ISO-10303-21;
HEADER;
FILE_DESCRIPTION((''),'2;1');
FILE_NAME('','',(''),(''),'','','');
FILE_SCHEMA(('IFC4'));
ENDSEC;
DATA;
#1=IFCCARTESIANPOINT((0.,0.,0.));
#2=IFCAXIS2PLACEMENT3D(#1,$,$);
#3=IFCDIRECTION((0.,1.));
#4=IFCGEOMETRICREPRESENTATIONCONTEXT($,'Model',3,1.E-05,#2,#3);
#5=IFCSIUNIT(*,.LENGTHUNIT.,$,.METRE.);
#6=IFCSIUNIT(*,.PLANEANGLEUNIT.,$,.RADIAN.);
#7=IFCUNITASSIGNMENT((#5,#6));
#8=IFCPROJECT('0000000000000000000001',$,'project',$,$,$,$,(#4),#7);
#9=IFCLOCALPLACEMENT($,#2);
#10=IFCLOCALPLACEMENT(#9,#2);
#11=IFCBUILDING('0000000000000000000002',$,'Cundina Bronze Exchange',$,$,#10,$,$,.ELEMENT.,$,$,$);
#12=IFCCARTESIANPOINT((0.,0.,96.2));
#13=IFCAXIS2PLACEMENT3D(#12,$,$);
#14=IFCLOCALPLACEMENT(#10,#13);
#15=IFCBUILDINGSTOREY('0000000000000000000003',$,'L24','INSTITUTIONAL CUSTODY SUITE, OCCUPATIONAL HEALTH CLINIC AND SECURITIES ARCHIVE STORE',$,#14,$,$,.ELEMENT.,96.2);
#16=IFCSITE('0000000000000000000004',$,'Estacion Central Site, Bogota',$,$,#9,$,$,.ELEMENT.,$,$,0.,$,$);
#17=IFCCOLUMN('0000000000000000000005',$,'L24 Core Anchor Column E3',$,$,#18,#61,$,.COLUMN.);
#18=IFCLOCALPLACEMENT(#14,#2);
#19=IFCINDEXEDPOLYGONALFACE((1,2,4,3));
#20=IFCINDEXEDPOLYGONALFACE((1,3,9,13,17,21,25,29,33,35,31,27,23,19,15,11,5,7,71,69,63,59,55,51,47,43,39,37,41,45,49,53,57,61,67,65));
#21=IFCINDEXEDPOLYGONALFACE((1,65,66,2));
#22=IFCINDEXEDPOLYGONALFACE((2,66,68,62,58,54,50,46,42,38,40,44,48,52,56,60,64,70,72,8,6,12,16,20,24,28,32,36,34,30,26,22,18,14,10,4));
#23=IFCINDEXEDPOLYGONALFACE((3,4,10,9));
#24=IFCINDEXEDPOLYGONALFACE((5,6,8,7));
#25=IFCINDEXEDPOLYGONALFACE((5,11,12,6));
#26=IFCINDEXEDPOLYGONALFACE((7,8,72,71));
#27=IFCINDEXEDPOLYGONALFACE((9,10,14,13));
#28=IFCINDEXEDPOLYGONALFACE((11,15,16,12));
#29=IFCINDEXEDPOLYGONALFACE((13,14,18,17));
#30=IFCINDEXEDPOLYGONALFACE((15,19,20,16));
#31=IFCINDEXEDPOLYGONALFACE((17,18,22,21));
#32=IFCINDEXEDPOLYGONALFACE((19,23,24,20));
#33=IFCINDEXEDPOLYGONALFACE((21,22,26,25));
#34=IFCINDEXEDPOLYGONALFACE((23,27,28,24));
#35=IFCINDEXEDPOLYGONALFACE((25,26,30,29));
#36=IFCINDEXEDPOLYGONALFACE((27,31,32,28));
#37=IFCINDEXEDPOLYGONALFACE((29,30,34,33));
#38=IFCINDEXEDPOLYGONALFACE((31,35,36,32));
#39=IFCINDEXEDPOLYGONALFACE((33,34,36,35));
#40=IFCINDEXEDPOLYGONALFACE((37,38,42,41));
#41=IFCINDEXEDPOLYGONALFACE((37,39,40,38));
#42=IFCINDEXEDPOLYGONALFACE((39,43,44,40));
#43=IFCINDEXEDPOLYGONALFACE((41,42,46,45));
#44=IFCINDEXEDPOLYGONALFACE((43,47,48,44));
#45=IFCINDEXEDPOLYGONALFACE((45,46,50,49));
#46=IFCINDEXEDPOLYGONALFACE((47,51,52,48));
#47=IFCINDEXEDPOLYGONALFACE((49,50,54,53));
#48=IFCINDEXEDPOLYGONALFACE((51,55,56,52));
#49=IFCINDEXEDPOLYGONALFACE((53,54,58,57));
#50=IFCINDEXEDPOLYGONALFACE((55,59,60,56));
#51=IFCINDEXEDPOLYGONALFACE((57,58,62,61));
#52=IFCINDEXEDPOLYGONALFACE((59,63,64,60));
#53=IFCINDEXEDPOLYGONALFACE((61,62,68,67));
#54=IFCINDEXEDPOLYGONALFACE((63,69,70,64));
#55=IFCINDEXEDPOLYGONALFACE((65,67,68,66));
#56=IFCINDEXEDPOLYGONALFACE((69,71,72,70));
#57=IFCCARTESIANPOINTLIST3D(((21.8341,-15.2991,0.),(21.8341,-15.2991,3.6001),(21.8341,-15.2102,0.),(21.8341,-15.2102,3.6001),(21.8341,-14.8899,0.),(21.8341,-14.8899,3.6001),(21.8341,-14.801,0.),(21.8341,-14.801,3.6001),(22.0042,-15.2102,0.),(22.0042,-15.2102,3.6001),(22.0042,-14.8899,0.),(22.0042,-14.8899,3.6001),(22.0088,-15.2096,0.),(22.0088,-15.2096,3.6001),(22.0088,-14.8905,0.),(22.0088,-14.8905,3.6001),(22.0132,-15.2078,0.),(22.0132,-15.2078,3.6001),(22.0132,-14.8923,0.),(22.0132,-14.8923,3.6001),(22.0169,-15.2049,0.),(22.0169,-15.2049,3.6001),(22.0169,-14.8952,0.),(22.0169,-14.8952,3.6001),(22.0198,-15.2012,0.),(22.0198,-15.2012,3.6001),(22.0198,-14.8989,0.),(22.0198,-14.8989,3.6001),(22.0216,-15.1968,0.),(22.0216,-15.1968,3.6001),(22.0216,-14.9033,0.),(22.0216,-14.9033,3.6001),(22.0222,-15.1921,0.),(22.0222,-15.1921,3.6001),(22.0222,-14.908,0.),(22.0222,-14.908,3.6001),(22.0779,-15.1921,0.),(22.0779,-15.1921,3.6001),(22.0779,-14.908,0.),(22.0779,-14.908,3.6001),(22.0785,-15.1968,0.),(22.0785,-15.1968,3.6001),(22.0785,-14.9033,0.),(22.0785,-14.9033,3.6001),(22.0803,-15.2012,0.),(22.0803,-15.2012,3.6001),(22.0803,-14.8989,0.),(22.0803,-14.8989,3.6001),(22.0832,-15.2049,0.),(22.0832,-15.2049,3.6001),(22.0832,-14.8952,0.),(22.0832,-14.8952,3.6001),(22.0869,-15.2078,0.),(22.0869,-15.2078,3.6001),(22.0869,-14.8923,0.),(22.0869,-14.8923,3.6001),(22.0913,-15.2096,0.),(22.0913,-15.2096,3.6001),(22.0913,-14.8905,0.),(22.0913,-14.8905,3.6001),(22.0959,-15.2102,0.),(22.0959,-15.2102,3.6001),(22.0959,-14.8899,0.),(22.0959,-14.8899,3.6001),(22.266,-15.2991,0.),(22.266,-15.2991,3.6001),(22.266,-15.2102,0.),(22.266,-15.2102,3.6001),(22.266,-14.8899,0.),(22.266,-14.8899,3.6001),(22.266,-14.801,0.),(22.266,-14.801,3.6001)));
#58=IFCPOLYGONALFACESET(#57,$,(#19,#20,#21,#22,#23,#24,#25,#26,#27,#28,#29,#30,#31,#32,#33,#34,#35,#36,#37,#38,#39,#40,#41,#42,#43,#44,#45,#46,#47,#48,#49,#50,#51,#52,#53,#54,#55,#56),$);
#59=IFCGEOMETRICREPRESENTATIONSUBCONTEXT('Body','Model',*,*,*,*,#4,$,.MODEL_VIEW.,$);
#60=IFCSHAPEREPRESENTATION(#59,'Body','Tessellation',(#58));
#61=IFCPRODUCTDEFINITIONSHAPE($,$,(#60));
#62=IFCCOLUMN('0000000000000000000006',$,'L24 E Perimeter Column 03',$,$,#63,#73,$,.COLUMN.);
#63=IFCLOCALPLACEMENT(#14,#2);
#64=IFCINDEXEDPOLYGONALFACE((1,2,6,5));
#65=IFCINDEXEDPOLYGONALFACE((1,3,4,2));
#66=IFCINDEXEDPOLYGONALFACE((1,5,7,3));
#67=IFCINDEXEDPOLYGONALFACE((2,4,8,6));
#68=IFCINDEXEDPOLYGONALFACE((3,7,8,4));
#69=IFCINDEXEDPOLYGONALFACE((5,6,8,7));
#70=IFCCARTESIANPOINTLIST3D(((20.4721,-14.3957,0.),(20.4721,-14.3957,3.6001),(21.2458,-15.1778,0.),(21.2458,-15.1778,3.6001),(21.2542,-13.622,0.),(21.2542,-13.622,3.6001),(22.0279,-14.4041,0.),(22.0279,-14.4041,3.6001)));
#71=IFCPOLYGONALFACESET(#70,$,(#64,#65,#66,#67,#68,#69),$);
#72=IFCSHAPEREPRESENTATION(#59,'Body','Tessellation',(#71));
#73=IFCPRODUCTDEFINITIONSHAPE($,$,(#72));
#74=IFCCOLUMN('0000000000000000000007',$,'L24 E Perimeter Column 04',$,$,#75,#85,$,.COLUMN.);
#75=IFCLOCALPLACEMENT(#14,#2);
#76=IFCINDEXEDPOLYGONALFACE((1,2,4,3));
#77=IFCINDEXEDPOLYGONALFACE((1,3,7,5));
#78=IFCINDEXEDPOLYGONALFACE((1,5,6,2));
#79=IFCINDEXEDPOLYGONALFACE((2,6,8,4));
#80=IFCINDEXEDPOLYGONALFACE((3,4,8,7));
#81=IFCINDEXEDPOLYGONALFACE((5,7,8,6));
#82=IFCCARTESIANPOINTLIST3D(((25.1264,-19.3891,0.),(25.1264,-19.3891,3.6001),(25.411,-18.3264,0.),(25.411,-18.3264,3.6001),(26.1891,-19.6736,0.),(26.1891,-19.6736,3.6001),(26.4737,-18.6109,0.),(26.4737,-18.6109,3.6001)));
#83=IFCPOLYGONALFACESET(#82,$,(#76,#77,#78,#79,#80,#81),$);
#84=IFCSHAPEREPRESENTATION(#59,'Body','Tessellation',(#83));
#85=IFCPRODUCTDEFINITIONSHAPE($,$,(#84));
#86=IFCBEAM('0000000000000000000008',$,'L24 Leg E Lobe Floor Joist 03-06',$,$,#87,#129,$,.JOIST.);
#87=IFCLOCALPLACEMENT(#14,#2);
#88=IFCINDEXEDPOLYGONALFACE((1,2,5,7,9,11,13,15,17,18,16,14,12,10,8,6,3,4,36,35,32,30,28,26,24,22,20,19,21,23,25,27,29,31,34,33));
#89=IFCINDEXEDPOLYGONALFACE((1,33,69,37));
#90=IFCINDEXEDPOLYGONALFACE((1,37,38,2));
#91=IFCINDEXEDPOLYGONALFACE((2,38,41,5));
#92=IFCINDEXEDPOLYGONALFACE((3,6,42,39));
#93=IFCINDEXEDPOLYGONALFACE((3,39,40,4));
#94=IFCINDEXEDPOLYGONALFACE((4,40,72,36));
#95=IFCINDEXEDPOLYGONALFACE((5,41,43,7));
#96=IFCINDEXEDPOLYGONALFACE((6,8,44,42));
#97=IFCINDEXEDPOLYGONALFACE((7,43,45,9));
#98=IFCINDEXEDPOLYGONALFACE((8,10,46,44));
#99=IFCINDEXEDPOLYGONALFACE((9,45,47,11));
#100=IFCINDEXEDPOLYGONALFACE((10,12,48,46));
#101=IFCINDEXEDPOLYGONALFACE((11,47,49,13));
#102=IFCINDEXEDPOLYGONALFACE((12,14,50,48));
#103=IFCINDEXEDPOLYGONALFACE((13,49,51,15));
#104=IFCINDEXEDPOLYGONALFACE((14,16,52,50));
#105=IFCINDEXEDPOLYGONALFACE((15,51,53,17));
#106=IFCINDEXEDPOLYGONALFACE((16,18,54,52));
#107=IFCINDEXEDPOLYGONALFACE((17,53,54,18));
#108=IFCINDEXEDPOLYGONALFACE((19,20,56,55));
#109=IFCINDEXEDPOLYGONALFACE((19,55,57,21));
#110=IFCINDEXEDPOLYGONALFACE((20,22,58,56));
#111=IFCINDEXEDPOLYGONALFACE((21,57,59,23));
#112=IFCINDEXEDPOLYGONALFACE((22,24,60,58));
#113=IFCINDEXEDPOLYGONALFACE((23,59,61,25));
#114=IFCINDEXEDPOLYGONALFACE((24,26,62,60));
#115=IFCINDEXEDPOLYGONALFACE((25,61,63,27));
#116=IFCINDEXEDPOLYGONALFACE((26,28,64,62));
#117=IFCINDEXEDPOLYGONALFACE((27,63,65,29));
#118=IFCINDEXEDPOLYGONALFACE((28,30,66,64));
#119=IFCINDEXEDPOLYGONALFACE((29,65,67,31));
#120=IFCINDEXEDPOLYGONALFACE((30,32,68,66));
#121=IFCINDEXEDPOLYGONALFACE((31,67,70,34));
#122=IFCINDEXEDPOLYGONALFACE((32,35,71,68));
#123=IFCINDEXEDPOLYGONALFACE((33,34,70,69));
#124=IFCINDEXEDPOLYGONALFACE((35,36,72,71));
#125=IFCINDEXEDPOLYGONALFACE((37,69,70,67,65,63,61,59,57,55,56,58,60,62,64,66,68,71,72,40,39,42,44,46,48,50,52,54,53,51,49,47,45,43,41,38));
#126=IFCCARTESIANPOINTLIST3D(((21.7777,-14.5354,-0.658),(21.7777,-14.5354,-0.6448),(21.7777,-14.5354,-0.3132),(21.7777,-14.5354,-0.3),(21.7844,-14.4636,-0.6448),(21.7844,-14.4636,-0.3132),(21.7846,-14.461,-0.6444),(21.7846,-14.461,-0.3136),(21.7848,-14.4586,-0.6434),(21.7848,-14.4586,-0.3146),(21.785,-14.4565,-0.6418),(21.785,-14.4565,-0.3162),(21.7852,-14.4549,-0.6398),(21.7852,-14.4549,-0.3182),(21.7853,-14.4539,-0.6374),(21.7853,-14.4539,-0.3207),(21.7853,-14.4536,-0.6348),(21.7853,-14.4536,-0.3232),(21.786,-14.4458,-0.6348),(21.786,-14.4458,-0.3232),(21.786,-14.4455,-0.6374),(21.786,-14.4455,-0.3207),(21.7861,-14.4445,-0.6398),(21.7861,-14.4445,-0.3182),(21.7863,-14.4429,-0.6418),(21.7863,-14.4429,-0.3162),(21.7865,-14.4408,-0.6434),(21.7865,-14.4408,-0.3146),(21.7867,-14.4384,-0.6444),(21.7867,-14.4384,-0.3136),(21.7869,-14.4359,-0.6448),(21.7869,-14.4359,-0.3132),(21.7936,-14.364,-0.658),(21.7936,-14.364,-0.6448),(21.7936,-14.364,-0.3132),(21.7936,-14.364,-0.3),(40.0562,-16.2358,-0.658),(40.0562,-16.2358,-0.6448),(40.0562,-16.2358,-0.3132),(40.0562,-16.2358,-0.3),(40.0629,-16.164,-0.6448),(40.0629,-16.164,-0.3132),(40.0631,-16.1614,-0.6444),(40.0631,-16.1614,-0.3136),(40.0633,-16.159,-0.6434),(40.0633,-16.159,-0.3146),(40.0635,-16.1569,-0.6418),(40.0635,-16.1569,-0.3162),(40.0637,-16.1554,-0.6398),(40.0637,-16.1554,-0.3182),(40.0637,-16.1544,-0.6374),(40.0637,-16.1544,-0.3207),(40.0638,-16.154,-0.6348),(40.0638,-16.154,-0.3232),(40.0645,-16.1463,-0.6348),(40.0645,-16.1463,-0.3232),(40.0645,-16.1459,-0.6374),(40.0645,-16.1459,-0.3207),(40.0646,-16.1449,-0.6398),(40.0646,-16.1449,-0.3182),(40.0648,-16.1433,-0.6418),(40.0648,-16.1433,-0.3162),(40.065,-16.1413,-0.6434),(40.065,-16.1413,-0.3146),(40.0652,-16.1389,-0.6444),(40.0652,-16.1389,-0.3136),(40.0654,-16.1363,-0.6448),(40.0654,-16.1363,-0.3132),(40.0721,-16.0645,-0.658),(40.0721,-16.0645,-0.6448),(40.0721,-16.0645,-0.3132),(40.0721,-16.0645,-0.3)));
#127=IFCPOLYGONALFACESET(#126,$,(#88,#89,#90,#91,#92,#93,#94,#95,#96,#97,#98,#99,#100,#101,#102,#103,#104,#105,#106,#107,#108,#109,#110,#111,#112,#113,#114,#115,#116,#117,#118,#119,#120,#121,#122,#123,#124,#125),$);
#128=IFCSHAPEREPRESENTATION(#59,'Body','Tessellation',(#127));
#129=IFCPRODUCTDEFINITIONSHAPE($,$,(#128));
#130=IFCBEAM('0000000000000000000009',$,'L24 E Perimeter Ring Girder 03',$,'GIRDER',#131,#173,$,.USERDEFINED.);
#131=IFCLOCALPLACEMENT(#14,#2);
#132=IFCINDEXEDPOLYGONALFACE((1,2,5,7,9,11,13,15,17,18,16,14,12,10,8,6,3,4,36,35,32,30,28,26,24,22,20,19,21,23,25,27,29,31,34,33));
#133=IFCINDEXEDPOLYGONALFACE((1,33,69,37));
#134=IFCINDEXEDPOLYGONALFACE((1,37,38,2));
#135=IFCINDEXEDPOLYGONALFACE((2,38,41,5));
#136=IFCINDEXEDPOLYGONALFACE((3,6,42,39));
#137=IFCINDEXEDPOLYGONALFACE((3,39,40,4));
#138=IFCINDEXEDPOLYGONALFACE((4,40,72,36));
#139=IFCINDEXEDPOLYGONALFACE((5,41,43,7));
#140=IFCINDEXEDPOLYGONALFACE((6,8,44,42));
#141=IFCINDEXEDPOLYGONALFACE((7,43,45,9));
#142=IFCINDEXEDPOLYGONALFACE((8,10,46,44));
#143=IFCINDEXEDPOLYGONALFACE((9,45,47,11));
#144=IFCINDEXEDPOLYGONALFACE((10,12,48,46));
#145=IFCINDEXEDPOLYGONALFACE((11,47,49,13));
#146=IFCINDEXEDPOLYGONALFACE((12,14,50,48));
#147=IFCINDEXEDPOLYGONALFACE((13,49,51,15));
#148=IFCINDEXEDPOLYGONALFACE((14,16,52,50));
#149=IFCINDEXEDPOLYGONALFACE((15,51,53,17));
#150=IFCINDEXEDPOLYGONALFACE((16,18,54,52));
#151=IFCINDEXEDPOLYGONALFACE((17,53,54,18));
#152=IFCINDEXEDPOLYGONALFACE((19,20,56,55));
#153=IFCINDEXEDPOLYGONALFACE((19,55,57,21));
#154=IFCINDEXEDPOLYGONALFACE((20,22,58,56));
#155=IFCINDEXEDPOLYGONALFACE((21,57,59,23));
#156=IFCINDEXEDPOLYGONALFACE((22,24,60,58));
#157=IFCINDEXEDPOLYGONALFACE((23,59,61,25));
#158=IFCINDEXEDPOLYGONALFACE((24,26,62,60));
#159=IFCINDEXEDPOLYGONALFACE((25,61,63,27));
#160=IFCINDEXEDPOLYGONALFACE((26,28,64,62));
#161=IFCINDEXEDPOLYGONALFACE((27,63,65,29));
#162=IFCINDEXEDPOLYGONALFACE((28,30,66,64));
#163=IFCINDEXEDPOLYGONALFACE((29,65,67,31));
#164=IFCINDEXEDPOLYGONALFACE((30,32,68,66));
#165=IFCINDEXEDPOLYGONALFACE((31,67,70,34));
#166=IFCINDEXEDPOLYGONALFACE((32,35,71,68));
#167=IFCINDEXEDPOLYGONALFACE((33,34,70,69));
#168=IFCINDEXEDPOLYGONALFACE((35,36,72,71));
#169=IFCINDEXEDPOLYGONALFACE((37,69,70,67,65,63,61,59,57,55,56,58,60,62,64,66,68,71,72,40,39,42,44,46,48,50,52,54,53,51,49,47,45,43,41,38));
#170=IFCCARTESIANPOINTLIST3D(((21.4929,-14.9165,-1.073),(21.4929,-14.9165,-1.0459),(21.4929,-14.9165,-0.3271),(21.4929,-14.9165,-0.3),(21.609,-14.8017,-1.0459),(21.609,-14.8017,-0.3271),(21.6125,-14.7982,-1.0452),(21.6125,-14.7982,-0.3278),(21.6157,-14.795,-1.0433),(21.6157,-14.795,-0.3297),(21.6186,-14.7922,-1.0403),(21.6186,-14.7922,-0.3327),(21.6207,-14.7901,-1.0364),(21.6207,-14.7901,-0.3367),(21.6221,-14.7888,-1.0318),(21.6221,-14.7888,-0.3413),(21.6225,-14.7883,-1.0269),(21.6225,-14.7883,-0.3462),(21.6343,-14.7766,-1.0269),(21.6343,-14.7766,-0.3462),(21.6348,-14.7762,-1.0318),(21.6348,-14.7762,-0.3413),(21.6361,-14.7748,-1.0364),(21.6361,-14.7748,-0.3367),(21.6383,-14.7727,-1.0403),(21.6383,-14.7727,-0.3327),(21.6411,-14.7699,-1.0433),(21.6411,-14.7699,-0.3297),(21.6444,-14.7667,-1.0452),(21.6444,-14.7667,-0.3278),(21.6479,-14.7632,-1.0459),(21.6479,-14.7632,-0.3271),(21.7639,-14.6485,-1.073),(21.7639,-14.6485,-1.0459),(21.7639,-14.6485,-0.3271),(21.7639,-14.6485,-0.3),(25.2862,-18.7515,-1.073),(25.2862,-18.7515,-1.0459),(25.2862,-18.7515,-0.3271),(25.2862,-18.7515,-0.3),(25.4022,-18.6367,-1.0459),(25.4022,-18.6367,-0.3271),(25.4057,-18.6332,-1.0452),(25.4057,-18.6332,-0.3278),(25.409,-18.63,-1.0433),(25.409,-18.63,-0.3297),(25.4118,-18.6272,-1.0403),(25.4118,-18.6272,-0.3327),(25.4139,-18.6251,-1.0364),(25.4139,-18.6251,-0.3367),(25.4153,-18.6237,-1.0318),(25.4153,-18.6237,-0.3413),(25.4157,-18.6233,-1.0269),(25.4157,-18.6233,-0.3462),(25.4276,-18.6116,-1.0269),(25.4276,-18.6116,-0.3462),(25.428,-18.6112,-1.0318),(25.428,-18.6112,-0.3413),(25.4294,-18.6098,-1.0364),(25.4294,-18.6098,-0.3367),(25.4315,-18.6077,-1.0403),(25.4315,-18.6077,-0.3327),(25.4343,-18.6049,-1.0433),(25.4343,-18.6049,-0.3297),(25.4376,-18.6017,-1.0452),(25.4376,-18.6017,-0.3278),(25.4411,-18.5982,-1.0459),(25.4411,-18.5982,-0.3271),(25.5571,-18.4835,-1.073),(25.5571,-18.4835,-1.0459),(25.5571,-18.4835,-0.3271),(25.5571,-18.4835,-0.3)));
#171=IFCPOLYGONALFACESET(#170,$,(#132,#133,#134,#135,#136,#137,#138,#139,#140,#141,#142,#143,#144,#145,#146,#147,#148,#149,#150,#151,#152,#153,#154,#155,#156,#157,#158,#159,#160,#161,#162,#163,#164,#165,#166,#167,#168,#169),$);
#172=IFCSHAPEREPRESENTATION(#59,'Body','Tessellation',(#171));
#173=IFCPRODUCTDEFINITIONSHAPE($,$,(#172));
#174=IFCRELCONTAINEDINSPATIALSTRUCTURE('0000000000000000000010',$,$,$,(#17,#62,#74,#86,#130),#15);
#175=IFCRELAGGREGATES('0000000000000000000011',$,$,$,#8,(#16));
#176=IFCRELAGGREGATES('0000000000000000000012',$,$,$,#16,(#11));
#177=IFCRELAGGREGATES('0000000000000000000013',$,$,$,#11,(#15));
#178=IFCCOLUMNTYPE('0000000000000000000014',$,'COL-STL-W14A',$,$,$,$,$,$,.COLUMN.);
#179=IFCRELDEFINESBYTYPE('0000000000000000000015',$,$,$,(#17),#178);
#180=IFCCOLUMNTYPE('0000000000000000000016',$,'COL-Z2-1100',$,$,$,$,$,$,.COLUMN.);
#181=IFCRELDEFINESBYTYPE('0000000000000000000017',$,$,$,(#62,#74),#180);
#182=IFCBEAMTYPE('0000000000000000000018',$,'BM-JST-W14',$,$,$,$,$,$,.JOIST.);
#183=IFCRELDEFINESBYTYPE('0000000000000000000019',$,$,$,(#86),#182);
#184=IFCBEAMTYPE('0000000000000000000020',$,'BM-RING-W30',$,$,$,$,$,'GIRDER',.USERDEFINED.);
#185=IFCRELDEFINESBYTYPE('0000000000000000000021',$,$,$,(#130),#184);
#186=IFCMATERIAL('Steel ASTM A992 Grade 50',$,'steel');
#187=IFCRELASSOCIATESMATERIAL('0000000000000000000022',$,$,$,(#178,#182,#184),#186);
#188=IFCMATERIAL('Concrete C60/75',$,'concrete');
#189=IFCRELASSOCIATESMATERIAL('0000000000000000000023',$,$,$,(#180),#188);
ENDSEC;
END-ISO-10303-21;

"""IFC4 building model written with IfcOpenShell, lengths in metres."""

from ifc_helpers import new_model, si_unit, direction, frame, origin, origin_2d, place, context, subcontext, project, spatial, rectangle, i_section, extrude, material, material_profile, profile_set, type_object, element, save


model = new_model("IFC4")

# Units and contexts
model_context = context("Model", 3, precision=1e-05, world=origin(), true_north=direction((0.0, 1.0)))
body_context = subcontext(model_context, "Body", "Model", "MODEL_VIEW")
ifc_project = project(units=[si_unit("LENGTHUNIT", "METRE"), si_unit("PLANEANGLEUNIT", "RADIAN")], contexts=[model_context])

# Site, building, storey
site_placement = place(None, origin())
site = spatial("IfcSite", under=ifc_project, at=site_placement, Name="Estacion Central Site, Bogota", CompositionType="ELEMENT", RefElevation=0.0)
building_placement = place(site_placement, origin())
building = spatial("IfcBuilding", under=site, at=building_placement, Name="Cundina Bronze Exchange", CompositionType="ELEMENT")
storey_placement = place(building_placement, frame((0.0, 0.0, 96.2)))
storey = spatial("IfcBuildingStorey", under=building, at=storey_placement, Name="L24", Description="INSTITUTIONAL CUSTODY SUITE, OCCUPATIONAL HEALTH CLINIC AND SECURITIES ARCHIVE STORE", CompositionType="ELEMENT", Elevation=96.2)

# Columns
ifc_material_1 = material(Name="Steel ASTM A992 Grade 50", Category="steel")
ifc_material_profile_1 = material_profile(ifc_material_1, i_section(OverallWidth=0.4319, OverallDepth=0.498, WebThickness=0.0557, FlangeThickness=0.0889, FilletRadius=0.0181, at=origin_2d()), Name="W14X500", Category="steel")
ifc_profile_set_1 = profile_set([ifc_material_profile_1], Name="Steel ASTM A992 Grade 50")
column_type_1 = type_object("IfcColumnType", Name="COL-STL-W14A", PredefinedType="COLUMN", material=ifc_profile_set_1)
column_placement = place(storey_placement, frame((22.05, -15.05, 0.0), z_axis=(0.0, 0.0, 1.0), x_axis=(1.0, 0.0, 0.0)))
element("IfcColumn", 1, at=column_placement, inside=storey, type_object=column_type_1, Name="L24 Core Anchor Column E3", PredefinedType="COLUMN", context=body_context, shape_type="SweptSolid", body=[
    extrude(i_section(OverallWidth=0.4319, OverallDepth=0.498, WebThickness=0.0557, FlangeThickness=0.0889, FilletRadius=0.0181, at=origin_2d()), origin(), (0.0, 0.0, 1.0), 3.6001),
])
ifc_material_2 = material(Name="Concrete C60/75", Category="concrete")
ifc_material_profile_2 = material_profile(ifc_material_2, rectangle(XDim=1.1001, YDim=1.1001, at=origin_2d()), Name="RC1100X1100", Category="concrete")
ifc_profile_set_2 = profile_set([ifc_material_profile_2], Name="Concrete C60/75")
column_type_2 = type_object("IfcColumnType", Name="COL-Z2-1100", PredefinedType="COLUMN", material=ifc_profile_set_2)
for number, where, z_axis, x_axis, name in (
    (2, (21.25, -14.3999, 0.0), (0.0, 0.0, 1.0), (0.703271, -0.710922, 0.0), "L24 E Perimeter Column 03"),
    (3, (25.8, -19.0, 0.0), (0.0, 0.0, 1.0), (0.965971, -0.25865, 0.0), "L24 E Perimeter Column 04"),
):
    element("IfcColumn", number, at=place(storey_placement, frame(where, z_axis=z_axis, x_axis=x_axis)), inside=storey, type_object=column_type_2, Name=name, PredefinedType="COLUMN", context=body_context, shape_type="SweptSolid", body=[
        extrude(rectangle(XDim=1.1001, YDim=1.1001, at=origin_2d()), origin(), (0.0, 0.0, 1.0), 3.6001),
    ])

# Beams
ifc_material_profile_3 = material_profile(ifc_material_1, i_section(OverallWidth=0.1721, OverallDepth=0.3579, WebThickness=0.0078, FlangeThickness=0.0132, FilletRadius=0.01, at=origin_2d()), Name="W14X38", Category="steel")
ifc_profile_set_3 = profile_set([ifc_material_profile_3], Name="Steel ASTM A992 Grade 50")
beam_type_1 = type_object("IfcBeamType", Name="BM-JST-W14", PredefinedType="JOIST", material=ifc_profile_set_3)
beam_1_placement = place(storey_placement, frame((21.7856, -14.4497, -0.479), z_axis=(0.995701, -0.092629, 0.0), x_axis=(0.092629, 0.995701, 0.0)))
element("IfcBeam", 4, at=beam_1_placement, inside=storey, type_object=beam_type_1, Name="L24 Leg E Lobe Floor Joist 03-06", PredefinedType="JOIST", context=body_context, shape_type="SweptSolid", body=[
    extrude(i_section(OverallWidth=0.1721, OverallDepth=0.3579, WebThickness=0.0078, FlangeThickness=0.0132, FilletRadius=0.01, at=origin_2d()), origin(), (0.0, 0.0, 1.0), 18.3574),
])
ifc_material_profile_4 = material_profile(ifc_material_1, i_section(OverallWidth=0.3811, OverallDepth=0.7729, WebThickness=0.0166, FlangeThickness=0.0271, FilletRadius=0.019, at=origin_2d()), Name="W30X173", Category="steel")
ifc_profile_set_4 = profile_set([ifc_material_profile_4], Name="Steel ASTM A992 Grade 50")
beam_type_2 = type_object("IfcBeamType", Name="BM-RING-W30", ElementType="GIRDER", PredefinedType="USERDEFINED", material=ifc_profile_set_4)
beam_2_placement = place(storey_placement, frame((21.6284, -14.7825, -0.6865), z_axis=(0.703226, -0.710966, 0.0), x_axis=(0.710966, 0.703226, 0.0)))
element("IfcBeam", 5, at=beam_2_placement, inside=storey, type_object=beam_type_2, Name="L24 E Perimeter Ring Girder 03", ObjectType="GIRDER", PredefinedType="USERDEFINED", context=body_context, shape_type="SweptSolid", body=[
    extrude(i_section(OverallWidth=0.3811, OverallDepth=0.7729, WebThickness=0.0166, FlangeThickness=0.0271, FilletRadius=0.019, at=origin_2d()), origin(), (0.0, 0.0, 1.0), 5.394),
])

save(model, "model.ifc")
